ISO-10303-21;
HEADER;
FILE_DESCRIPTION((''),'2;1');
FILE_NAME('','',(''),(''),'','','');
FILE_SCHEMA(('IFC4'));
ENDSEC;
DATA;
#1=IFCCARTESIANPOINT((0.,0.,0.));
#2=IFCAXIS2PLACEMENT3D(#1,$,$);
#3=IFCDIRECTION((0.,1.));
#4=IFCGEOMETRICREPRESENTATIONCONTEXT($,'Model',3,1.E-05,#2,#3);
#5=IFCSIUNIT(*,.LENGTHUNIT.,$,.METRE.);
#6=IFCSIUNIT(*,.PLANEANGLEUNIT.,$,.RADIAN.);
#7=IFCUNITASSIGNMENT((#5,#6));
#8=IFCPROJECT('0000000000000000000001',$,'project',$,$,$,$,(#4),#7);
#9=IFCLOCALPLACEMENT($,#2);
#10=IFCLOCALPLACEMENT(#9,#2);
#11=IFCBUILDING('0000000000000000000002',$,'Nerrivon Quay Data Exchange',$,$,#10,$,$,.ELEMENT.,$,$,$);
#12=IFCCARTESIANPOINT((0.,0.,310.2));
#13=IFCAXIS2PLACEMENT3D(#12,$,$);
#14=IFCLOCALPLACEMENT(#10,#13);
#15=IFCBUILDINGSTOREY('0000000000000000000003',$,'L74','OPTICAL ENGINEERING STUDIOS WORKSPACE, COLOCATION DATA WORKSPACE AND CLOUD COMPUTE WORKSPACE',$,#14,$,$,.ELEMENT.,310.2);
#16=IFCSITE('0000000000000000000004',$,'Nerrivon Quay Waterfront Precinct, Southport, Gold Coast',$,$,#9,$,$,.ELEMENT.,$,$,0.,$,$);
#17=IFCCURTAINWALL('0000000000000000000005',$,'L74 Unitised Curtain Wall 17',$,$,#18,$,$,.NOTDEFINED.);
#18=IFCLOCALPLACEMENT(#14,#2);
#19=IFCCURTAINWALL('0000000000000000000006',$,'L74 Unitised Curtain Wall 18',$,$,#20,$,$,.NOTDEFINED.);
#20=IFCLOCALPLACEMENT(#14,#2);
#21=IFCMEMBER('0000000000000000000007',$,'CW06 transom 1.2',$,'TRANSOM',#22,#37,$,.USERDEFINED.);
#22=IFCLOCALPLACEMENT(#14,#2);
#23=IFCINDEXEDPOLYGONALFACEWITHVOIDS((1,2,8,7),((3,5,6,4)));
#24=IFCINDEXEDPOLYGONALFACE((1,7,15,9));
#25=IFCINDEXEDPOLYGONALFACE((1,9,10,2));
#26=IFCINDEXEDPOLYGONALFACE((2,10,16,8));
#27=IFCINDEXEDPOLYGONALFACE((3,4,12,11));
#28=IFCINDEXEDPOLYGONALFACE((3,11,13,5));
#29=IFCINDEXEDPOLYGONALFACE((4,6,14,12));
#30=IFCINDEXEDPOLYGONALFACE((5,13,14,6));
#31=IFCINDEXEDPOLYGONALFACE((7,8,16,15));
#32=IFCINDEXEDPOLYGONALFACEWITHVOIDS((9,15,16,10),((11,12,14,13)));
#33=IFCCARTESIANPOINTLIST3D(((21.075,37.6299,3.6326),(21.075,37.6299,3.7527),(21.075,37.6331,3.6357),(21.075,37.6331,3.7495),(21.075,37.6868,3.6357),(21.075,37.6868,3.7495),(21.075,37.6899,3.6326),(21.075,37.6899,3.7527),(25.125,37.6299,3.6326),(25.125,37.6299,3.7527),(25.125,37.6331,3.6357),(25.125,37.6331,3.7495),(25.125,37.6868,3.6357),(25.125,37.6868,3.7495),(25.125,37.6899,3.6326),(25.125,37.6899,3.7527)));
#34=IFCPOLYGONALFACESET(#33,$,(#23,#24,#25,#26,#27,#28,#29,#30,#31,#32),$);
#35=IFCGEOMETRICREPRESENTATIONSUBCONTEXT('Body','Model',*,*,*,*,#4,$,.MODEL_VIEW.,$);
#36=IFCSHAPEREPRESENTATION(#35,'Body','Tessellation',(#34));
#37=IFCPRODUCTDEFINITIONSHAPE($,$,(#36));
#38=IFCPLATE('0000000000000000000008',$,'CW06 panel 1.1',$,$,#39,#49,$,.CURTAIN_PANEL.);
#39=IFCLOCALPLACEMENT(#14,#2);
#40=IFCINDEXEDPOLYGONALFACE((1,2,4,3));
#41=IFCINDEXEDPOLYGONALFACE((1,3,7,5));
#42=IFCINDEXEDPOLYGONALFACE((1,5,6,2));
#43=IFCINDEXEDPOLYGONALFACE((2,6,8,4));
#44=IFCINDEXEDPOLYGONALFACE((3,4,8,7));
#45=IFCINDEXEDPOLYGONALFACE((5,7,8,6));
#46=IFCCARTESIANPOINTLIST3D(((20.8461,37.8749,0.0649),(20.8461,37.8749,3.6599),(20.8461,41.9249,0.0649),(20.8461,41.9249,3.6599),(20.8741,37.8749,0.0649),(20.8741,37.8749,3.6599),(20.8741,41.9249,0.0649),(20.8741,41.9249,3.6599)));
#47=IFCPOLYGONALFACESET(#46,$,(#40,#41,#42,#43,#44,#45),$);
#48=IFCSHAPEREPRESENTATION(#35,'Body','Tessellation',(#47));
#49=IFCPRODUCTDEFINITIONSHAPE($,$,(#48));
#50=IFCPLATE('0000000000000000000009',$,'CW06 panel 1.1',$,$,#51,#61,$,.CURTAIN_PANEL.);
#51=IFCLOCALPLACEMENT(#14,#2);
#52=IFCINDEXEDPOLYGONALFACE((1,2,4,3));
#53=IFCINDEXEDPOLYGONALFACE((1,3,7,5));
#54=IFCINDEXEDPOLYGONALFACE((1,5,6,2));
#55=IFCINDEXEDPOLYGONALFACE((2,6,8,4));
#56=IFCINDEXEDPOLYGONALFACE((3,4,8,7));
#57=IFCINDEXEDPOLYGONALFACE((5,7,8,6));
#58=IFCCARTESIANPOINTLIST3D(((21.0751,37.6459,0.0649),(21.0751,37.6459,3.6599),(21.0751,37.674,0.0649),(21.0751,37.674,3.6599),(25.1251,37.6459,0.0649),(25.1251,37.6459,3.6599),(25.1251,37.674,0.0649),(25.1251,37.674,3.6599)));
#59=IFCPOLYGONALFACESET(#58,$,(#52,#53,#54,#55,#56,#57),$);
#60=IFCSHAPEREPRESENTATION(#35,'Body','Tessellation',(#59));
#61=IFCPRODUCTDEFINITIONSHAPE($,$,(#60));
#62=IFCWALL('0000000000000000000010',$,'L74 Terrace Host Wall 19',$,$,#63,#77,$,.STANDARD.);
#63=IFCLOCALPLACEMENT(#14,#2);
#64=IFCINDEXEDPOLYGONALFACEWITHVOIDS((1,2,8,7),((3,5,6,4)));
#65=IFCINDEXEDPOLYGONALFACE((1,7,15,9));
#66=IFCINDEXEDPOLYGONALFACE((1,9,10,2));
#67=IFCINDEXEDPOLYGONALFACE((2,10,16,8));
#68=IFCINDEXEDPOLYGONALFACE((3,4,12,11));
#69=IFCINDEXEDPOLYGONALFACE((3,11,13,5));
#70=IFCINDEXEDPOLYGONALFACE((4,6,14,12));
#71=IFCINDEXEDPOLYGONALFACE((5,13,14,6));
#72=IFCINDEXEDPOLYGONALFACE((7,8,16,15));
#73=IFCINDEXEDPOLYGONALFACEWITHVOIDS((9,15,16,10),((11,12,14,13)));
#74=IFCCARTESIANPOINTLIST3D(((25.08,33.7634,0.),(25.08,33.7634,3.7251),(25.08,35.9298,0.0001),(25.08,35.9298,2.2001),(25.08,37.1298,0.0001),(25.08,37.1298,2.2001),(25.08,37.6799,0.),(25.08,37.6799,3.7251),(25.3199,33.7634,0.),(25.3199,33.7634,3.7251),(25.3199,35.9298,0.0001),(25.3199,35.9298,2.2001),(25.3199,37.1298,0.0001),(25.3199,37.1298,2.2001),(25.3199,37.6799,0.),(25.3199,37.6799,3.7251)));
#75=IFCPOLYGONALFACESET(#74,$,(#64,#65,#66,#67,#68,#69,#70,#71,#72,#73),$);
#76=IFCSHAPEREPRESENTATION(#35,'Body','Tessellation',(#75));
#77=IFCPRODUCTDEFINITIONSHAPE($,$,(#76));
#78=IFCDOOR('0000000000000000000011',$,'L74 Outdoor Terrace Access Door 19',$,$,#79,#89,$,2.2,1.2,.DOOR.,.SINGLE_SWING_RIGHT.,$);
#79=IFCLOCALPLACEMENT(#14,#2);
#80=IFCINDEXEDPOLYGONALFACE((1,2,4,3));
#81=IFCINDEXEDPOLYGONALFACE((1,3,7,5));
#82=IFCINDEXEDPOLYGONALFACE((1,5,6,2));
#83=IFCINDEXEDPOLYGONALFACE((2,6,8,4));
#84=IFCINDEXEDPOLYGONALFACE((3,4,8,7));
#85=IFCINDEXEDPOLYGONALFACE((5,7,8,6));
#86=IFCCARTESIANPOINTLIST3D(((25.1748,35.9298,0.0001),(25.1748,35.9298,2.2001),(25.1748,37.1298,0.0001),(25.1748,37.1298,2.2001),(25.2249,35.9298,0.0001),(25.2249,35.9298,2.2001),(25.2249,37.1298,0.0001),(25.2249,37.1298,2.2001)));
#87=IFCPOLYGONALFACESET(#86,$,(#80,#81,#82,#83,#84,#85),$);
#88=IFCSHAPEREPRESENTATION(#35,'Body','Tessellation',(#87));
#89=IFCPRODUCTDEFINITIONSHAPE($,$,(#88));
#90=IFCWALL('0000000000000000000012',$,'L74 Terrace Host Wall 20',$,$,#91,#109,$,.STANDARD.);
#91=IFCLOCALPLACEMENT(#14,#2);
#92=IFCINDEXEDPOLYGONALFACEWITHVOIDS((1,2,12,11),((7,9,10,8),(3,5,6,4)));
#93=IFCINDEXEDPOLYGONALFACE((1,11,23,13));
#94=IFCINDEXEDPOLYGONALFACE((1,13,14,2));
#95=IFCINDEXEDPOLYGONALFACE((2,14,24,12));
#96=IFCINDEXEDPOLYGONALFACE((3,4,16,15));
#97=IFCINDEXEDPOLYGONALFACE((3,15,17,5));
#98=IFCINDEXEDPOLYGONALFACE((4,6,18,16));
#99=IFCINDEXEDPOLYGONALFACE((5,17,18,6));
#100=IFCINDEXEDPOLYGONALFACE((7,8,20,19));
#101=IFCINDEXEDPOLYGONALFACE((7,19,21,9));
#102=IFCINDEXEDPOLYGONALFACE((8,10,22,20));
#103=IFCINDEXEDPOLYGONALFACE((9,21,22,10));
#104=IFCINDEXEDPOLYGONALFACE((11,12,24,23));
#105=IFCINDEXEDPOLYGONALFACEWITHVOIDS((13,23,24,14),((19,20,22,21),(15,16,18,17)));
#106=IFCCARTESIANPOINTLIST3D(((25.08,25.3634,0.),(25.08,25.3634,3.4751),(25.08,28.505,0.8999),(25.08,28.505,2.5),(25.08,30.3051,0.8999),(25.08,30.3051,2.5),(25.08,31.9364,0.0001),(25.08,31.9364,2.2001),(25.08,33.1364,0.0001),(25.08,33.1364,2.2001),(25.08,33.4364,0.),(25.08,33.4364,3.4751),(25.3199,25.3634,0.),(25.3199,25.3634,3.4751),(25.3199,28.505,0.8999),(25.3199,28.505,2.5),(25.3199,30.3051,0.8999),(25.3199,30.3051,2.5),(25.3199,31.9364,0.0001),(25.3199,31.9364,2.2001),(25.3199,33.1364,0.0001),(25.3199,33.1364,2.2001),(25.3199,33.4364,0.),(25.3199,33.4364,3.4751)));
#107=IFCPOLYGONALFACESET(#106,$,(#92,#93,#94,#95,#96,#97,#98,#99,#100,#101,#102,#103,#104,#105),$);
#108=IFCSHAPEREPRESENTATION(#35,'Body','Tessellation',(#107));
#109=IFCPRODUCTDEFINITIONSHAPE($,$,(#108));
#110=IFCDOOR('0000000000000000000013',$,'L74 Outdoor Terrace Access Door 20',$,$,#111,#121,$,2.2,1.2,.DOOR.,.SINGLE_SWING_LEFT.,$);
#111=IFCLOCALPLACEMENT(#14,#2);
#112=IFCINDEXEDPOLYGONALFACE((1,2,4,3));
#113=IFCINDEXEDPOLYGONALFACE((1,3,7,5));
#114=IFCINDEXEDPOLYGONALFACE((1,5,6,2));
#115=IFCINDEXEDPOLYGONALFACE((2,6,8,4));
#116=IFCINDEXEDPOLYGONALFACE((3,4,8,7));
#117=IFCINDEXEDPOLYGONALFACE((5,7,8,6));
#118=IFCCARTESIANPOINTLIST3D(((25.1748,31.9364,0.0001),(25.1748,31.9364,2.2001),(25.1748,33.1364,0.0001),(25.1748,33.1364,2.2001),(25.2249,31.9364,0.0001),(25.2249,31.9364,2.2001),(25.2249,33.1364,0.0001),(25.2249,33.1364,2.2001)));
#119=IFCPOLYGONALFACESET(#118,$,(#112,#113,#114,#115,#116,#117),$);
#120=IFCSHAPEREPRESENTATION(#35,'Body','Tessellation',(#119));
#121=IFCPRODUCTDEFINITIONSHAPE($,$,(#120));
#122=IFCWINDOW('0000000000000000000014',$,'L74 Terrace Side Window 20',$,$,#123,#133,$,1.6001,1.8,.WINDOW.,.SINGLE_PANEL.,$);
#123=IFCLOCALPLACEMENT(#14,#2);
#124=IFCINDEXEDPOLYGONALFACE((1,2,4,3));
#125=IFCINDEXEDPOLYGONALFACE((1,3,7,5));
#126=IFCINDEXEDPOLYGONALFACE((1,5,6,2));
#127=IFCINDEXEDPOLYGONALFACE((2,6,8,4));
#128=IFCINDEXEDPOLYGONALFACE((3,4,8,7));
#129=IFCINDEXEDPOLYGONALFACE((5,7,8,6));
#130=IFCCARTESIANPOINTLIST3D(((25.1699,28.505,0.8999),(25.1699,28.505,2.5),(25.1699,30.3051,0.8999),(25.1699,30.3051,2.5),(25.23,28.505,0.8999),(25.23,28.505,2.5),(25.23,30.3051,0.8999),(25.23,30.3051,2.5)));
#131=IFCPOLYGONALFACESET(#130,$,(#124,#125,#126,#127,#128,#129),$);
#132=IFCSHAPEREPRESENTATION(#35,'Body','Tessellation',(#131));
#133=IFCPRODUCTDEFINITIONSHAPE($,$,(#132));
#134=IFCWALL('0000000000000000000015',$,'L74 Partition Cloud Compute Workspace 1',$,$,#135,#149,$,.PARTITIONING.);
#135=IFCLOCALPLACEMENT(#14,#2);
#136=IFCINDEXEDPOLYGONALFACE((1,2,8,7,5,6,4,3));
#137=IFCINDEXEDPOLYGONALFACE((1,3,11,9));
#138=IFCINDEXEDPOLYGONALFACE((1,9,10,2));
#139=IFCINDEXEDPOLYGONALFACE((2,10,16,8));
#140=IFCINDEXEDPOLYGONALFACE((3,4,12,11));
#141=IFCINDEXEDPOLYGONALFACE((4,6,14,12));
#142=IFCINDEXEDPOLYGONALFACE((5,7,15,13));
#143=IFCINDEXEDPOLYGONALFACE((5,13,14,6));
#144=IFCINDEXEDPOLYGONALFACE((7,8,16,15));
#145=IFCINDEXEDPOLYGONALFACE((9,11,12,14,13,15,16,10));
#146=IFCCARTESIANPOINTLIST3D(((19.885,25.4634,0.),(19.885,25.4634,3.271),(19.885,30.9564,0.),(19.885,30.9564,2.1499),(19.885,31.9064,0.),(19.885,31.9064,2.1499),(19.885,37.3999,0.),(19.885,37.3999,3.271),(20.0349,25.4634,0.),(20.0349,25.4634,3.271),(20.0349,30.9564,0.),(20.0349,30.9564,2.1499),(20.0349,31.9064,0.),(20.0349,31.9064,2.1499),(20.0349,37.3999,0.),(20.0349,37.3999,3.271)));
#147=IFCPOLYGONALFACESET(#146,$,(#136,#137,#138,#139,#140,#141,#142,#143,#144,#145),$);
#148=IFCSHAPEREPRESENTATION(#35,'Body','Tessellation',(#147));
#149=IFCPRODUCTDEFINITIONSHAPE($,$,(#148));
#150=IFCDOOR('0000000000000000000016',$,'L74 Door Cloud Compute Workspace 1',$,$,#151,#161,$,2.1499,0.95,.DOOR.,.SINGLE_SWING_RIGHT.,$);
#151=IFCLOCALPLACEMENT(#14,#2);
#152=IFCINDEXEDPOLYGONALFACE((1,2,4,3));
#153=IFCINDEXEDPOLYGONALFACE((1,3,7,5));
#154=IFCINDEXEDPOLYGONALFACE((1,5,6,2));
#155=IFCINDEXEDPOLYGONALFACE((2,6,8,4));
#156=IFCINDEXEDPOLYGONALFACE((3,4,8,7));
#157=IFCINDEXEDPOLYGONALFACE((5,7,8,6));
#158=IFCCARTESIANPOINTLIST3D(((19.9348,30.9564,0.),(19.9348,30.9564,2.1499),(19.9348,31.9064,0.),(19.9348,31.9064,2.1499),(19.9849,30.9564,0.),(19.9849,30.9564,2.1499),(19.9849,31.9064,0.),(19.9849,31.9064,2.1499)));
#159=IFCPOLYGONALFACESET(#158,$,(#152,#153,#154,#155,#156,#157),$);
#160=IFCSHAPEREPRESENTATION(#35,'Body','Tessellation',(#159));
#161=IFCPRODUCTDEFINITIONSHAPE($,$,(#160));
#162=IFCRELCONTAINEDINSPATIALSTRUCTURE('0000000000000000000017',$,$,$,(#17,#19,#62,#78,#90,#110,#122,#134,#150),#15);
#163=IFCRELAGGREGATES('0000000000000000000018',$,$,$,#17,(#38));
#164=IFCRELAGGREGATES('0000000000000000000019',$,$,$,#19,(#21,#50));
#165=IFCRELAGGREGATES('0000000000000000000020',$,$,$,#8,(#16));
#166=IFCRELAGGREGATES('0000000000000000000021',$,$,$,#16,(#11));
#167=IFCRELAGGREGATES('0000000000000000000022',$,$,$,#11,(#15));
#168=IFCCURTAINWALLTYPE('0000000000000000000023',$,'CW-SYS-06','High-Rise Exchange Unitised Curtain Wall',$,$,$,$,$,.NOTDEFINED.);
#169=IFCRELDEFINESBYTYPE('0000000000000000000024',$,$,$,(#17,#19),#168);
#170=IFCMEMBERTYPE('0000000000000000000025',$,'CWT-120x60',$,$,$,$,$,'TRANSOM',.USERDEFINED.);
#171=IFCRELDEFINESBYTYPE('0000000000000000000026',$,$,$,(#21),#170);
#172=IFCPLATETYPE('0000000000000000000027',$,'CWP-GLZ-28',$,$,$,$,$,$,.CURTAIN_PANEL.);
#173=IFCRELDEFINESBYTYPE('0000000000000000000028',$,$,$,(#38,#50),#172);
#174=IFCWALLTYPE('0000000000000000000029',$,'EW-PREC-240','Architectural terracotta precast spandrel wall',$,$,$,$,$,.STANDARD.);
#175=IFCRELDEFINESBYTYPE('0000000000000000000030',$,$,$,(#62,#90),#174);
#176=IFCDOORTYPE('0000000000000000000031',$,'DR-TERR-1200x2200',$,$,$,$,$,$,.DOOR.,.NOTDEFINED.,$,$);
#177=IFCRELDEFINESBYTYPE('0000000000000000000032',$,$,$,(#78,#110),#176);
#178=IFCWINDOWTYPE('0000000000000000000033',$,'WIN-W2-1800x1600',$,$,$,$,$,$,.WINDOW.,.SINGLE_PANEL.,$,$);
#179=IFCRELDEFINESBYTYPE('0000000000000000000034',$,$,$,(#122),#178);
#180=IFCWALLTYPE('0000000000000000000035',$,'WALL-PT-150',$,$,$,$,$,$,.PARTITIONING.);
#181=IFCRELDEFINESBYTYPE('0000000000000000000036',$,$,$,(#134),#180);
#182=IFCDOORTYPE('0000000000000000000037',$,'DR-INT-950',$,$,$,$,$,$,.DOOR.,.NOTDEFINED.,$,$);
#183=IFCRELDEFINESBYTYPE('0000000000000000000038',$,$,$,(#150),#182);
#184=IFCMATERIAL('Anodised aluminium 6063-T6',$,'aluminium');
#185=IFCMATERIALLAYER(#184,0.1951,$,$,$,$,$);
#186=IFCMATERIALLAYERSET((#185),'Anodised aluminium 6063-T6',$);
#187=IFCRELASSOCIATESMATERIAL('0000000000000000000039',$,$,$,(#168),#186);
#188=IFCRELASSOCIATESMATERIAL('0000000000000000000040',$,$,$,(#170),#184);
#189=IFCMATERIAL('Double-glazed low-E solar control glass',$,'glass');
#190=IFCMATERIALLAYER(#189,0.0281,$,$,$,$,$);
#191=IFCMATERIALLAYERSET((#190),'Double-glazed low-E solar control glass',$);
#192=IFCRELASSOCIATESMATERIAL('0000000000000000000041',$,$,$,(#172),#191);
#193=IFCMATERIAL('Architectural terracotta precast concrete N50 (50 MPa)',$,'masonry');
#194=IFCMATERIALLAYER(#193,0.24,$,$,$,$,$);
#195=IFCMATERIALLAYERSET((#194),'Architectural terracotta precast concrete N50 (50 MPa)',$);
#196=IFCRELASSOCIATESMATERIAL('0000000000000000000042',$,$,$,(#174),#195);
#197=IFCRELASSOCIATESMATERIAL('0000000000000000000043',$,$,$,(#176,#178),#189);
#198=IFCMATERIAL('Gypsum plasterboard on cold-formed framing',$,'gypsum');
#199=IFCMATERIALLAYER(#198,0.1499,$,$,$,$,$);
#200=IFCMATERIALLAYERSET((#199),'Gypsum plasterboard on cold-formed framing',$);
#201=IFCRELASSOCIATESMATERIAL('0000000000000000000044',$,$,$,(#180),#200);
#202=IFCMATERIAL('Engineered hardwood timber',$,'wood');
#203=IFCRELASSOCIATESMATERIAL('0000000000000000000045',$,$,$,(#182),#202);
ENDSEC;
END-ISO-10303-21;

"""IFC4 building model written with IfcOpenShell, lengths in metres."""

from ifc_helpers import new_model, si_unit, direction, frame, frame_2d, origin, origin_2d, place, context, subcontext, project, spatial, rectangle, hollow_rectangle, extrude, material, layer, layer_set, material_profile, profile_set, type_object, element, fill, aggregate, save


model = new_model("IFC4")

# Units and contexts
model_context = context("Model", 3, precision=1e-05, world=origin(), true_north=direction((0.0, 1.0)))
body_context = subcontext(model_context, "Body", "Model", "MODEL_VIEW")
ifc_project = project(units=[si_unit("LENGTHUNIT", "METRE"), si_unit("PLANEANGLEUNIT", "RADIAN")], contexts=[model_context])

# Site, building, storey
site_placement = place(None, origin())
site = spatial("IfcSite", under=ifc_project, at=site_placement, Name="Nerrivon Quay Waterfront Precinct, Southport, Gold Coast", CompositionType="ELEMENT", RefElevation=0.0)
building_placement = place(site_placement, origin())
building = spatial("IfcBuilding", under=site, at=building_placement, Name="Nerrivon Quay Data Exchange", CompositionType="ELEMENT")
storey_placement = place(building_placement, frame((0.0, 0.0, 310.2)))
storey = spatial("IfcBuildingStorey", under=building, at=storey_placement, Name="L74", Description="OPTICAL ENGINEERING STUDIOS WORKSPACE, COLOCATION DATA WORKSPACE AND CLOUD COMPUTE WORKSPACE", CompositionType="ELEMENT", Elevation=310.2)

# Shared definitions
ifc_material_1 = material(Name="Anodised aluminium 6063-T6", Category="aluminium")
ifc_layer_1 = layer(ifc_material_1, 0.1951)
ifc_layer_set_1 = layer_set([ifc_layer_1], Name="Anodised aluminium 6063-T6")
curtain_wall_type = type_object("IfcCurtainWallType", Name="CW-SYS-06", Description="High-Rise Exchange Unitised Curtain Wall", PredefinedType="NOTDEFINED", material=ifc_layer_set_1)

# Curtain walls
curtain_wall_1_placement = place(storey_placement, origin())
curtain_wall_1 = element("IfcCurtainWall", 1, at=curtain_wall_1_placement, inside=storey, type_object=curtain_wall_type, Name="L74 Unitised Curtain Wall 17", PredefinedType="NOTDEFINED")
curtain_wall_2_placement = place(storey_placement, origin())
curtain_wall_2 = element("IfcCurtainWall", 2, at=curtain_wall_2_placement, inside=storey, type_object=curtain_wall_type, Name="L74 Unitised Curtain Wall 18", PredefinedType="NOTDEFINED")

# Member
ifc_material_profile_1 = material_profile(ifc_material_1, hollow_rectangle(XDim=0.0601, YDim=0.1201, WallThickness=0.0032, at=origin_2d()), Name="ALU-TRAN-120x60")
ifc_profile_set_1 = profile_set([ifc_material_profile_1], Name="Anodised aluminium 6063-T6")
member_type_1 = type_object("IfcMemberType", Name="CWT-120x60", ElementType="TRANSOM", PredefinedType="USERDEFINED", material=ifc_profile_set_1)
member_1_placement = place(storey_placement, frame((21.075, 37.6599, 3.6926), z_axis=(1.0, 0.0, 0.0), x_axis=(0.0, 1.0, 0.0)))
member_1 = element("IfcMember", 3, at=member_1_placement, type_object=member_type_1, Name="CW06 transom 1.2", ObjectType="TRANSOM", PredefinedType="USERDEFINED", context=body_context, shape_type="SweptSolid", body=[
    extrude(hollow_rectangle(XDim=0.0601, YDim=0.1201, WallThickness=0.0032, at=origin_2d()), origin(), (0.0, 0.0, 1.0), 4.05),
])

# Plates
ifc_material_2 = material(Name="Double-glazed low-E solar control glass", Category="glass")
ifc_layer_2 = layer(ifc_material_2, 0.0281)
ifc_layer_set_2 = layer_set([ifc_layer_2], Name="Double-glazed low-E solar control glass")
plate_type = type_object("IfcPlateType", Name="CWP-GLZ-28", PredefinedType="CURTAIN_PANEL", material=ifc_layer_set_2)
plate_1_placement = place(storey_placement, frame((20.8601, 39.8999, 0.0649), z_axis=(0.0, 0.0, 1.0), x_axis=(0.0, -1.0, 0.0)))
plate_1 = element("IfcPlate", 4, at=plate_1_placement, type_object=plate_type, Name="CW06 panel 1.1", PredefinedType="CURTAIN_PANEL", context=body_context, shape_type="SweptSolid", body=[
    extrude(rectangle(XDim=4.05, YDim=0.0281, at=origin_2d()), origin(), (0.0, 0.0, 1.0), 3.595),
])
aggregate(curtain_wall_1, [plate_1])
plate_2_placement = place(storey_placement, frame((23.1001, 37.6599, 0.0649), z_axis=(0.0, 0.0, 1.0), x_axis=(1.0, 0.0, 0.0)))
plate_2 = element("IfcPlate", 5, at=plate_2_placement, type_object=plate_type, Name="CW06 panel 1.1", PredefinedType="CURTAIN_PANEL", context=body_context, shape_type="SweptSolid", body=[
    extrude(rectangle(XDim=4.05, YDim=0.0281, at=origin_2d()), origin(), (0.0, 0.0, 1.0), 3.595),
])
aggregate(curtain_wall_2, [member_1, plate_2])

# Wall, opening, door
ifc_material_3 = material(Name="Architectural terracotta precast concrete N50 (50 MPa)", Category="masonry")
ifc_layer_3 = layer(ifc_material_3, 0.24)
ifc_layer_set_3 = layer_set([ifc_layer_3], Name="Architectural terracotta precast concrete N50 (50 MPa)")
wall_type_1 = type_object("IfcWallType", Name="EW-PREC-240", Description="Architectural terracotta precast spandrel wall", PredefinedType="STANDARD", material=ifc_layer_set_3)
wall_1_placement = place(storey_placement, frame((25.2, 37.6799, 0.0), z_axis=(0.0, 0.0, 1.0), x_axis=(0.0, -1.0, 0.0)))
wall_1 = element("IfcWall", 6, at=wall_1_placement, inside=storey, type_object=wall_type_1, Name="L74 Terrace Host Wall 19", PredefinedType="STANDARD", context=body_context, shape_type="SweptSolid", body=[
    extrude(rectangle(XDim=3.9165, YDim=0.24, at=frame_2d((1.9583, 0.0))), origin(), (0.0, 0.0, 1.0), 3.7251),
])
opening_1_placement = place(wall_1_placement, frame((0.55, 0.0, 0.0)))
opening_1 = element("IfcOpeningElement", 7, at=opening_1_placement, cuts=wall_1, PredefinedType="OPENING", context=body_context, shape_type="SweptSolid", body=[
    extrude(rectangle(XDim=1.2, YDim=2.2, at=frame_2d((0.6001, 1.1001))), frame((0.0, 0.1299, 0.0), z_axis=(0.0, -1.0, 0.0), x_axis=(1.0, 0.0, 0.0)), (0.0, 0.0, 1.0), 0.26),
])
door_type_1 = type_object("IfcDoorType", Name="DR-TERR-1200x2200", OperationType="NOTDEFINED", PredefinedType="DOOR", material=ifc_material_2)
door_1_placement = place(opening_1_placement, origin())
door_1 = element("IfcDoor", 8, at=door_1_placement, inside=storey, type_object=door_type_1, Name="L74 Outdoor Terrace Access Door 19", OperationType="SINGLE_SWING_RIGHT", OverallHeight=2.2, OverallWidth=1.2, PredefinedType="DOOR", context=body_context, shape_type="SweptSolid", body=[
    extrude(rectangle(XDim=1.2, YDim=2.2, at=frame_2d((0.6001, 1.1001))), frame((0.0, 0.0249, 0.0), z_axis=(0.0, -1.0, 0.0), x_axis=(1.0, 0.0, 0.0)), (0.0, 0.0, 1.0), 0.05),
])
fill(opening_1, door_1)

# Wall, openings, door, window
wall_2_placement = place(storey_placement, frame((25.2, 33.4365, 0.0), z_axis=(0.0, 0.0, 1.0), x_axis=(0.0, -1.0, 0.0)))
wall_2 = element("IfcWall", 9, at=wall_2_placement, inside=storey, type_object=wall_type_1, Name="L74 Terrace Host Wall 20", PredefinedType="STANDARD", context=body_context, shape_type="SweptSolid", body=[
    extrude(rectangle(XDim=8.073, YDim=0.24, at=frame_2d((4.0366, 0.0))), origin(), (0.0, 0.0, 1.0), 3.4751),
])
opening_2_placement = place(wall_2_placement, frame((0.3, 0.0, 0.0)))
opening_2 = element("IfcOpeningElement", 10, at=opening_2_placement, cuts=wall_2, PredefinedType="OPENING", context=body_context, shape_type="SweptSolid", body=[
    extrude(rectangle(XDim=1.2, YDim=2.2, at=frame_2d((0.6001, 1.1001))), frame((0.0, 0.1299, 0.0), z_axis=(0.0, -1.0, 0.0), x_axis=(1.0, 0.0, 0.0)), (0.0, 0.0, 1.0), 0.26),
])
opening_3_placement = place(wall_2_placement, frame((3.1316, 0.0, 0.8999)))
opening_3 = element("IfcOpeningElement", 11, at=opening_3_placement, cuts=wall_2, PredefinedType="OPENING", context=body_context, shape_type="SweptSolid", body=[
    extrude(rectangle(XDim=1.8, YDim=1.6001, at=frame_2d((0.8999, 0.8))), frame((0.0, 0.1299, 0.0), z_axis=(0.0, -1.0, 0.0), x_axis=(1.0, 0.0, 0.0)), (0.0, 0.0, 1.0), 0.26),
])
door_2_placement = place(opening_2_placement, origin())
door_2 = element("IfcDoor", 12, at=door_2_placement, inside=storey, type_object=door_type_1, Name="L74 Outdoor Terrace Access Door 20", OperationType="SINGLE_SWING_LEFT", OverallHeight=2.2, OverallWidth=1.2, PredefinedType="DOOR", context=body_context, shape_type="SweptSolid", body=[
    extrude(rectangle(XDim=1.2, YDim=2.2, at=frame_2d((0.6001, 1.1001))), frame((0.0, 0.0249, 0.0), z_axis=(0.0, -1.0, 0.0), x_axis=(1.0, 0.0, 0.0)), (0.0, 0.0, 1.0), 0.05),
])
fill(opening_2, door_2)
window_type = type_object("IfcWindowType", Name="WIN-W2-1800x1600", PartitioningType="SINGLE_PANEL", PredefinedType="WINDOW", material=ifc_material_2)
window_placement = place(opening_3_placement, origin())
window = element("IfcWindow", 13, at=window_placement, inside=storey, type_object=window_type, Name="L74 Terrace Side Window 20", OverallHeight=1.6001, OverallWidth=1.8, PartitioningType="SINGLE_PANEL", PredefinedType="WINDOW", context=body_context, shape_type="SweptSolid", body=[
    extrude(rectangle(XDim=1.8, YDim=1.6001, at=frame_2d((0.8999, 0.8))), frame((0.0, 0.03, 0.0), z_axis=(0.0, -1.0, 0.0), x_axis=(1.0, 0.0, 0.0)), (0.0, 0.0, 1.0), 0.0601),
])
fill(opening_3, window)

# Wall, opening, door
ifc_material_4 = material(Name="Gypsum plasterboard on cold-formed framing", Category="gypsum")
ifc_layer_4 = layer(ifc_material_4, 0.1499)
ifc_layer_set_4 = layer_set([ifc_layer_4], Name="Gypsum plasterboard on cold-formed framing")
wall_type_2 = type_object("IfcWallType", Name="WALL-PT-150", PredefinedType="PARTITIONING", material=ifc_layer_set_4)
wall_3_placement = place(storey_placement, frame((19.96, 37.3999, 0.0), z_axis=(0.0, 0.0, 1.0), x_axis=(0.0, -1.0, 0.0)))
wall_3 = element("IfcWall", 14, at=wall_3_placement, inside=storey, type_object=wall_type_2, Name="L74 Partition Cloud Compute Workspace 1", PredefinedType="PARTITIONING", context=body_context, shape_type="SweptSolid", body=[
    extrude(rectangle(XDim=11.9365, YDim=0.1499, at=frame_2d((5.9683, 0.0))), origin(), (0.0, 0.0, 1.0), 3.271),
])
opening_4_placement = place(wall_3_placement, frame((5.4934, 0.0, 0.0)))
opening_4 = element("IfcOpeningElement", 15, at=opening_4_placement, cuts=wall_3, PredefinedType="OPENING", context=body_context, shape_type="SweptSolid", body=[
    extrude(rectangle(XDim=0.95, YDim=2.1499, at=frame_2d((0.4751, 1.075))), frame((0.0, 0.085, 0.0), z_axis=(0.0, -1.0, 0.0), x_axis=(1.0, 0.0, 0.0)), (0.0, 0.0, 1.0), 0.1699),
])
ifc_material_5 = material(Name="Engineered hardwood timber", Category="wood")
door_type_2 = type_object("IfcDoorType", Name="DR-INT-950", OperationType="NOTDEFINED", PredefinedType="DOOR", material=ifc_material_5)
door_3_placement = place(opening_4_placement, origin())
door_3 = element("IfcDoor", 16, at=door_3_placement, inside=storey, type_object=door_type_2, Name="L74 Door Cloud Compute Workspace 1", OperationType="SINGLE_SWING_RIGHT", OverallHeight=2.1499, OverallWidth=0.95, PredefinedType="DOOR", context=body_context, shape_type="SweptSolid", body=[
    extrude(rectangle(XDim=0.95, YDim=2.1499, at=frame_2d((0.4751, 1.075))), frame((0.0, 0.0249, 0.0), z_axis=(0.0, -1.0, 0.0), x_axis=(1.0, 0.0, 0.0)), (0.0, 0.0, 1.0), 0.05),
])
fill(opening_4, door_3)

save(model, "model.ifc")
